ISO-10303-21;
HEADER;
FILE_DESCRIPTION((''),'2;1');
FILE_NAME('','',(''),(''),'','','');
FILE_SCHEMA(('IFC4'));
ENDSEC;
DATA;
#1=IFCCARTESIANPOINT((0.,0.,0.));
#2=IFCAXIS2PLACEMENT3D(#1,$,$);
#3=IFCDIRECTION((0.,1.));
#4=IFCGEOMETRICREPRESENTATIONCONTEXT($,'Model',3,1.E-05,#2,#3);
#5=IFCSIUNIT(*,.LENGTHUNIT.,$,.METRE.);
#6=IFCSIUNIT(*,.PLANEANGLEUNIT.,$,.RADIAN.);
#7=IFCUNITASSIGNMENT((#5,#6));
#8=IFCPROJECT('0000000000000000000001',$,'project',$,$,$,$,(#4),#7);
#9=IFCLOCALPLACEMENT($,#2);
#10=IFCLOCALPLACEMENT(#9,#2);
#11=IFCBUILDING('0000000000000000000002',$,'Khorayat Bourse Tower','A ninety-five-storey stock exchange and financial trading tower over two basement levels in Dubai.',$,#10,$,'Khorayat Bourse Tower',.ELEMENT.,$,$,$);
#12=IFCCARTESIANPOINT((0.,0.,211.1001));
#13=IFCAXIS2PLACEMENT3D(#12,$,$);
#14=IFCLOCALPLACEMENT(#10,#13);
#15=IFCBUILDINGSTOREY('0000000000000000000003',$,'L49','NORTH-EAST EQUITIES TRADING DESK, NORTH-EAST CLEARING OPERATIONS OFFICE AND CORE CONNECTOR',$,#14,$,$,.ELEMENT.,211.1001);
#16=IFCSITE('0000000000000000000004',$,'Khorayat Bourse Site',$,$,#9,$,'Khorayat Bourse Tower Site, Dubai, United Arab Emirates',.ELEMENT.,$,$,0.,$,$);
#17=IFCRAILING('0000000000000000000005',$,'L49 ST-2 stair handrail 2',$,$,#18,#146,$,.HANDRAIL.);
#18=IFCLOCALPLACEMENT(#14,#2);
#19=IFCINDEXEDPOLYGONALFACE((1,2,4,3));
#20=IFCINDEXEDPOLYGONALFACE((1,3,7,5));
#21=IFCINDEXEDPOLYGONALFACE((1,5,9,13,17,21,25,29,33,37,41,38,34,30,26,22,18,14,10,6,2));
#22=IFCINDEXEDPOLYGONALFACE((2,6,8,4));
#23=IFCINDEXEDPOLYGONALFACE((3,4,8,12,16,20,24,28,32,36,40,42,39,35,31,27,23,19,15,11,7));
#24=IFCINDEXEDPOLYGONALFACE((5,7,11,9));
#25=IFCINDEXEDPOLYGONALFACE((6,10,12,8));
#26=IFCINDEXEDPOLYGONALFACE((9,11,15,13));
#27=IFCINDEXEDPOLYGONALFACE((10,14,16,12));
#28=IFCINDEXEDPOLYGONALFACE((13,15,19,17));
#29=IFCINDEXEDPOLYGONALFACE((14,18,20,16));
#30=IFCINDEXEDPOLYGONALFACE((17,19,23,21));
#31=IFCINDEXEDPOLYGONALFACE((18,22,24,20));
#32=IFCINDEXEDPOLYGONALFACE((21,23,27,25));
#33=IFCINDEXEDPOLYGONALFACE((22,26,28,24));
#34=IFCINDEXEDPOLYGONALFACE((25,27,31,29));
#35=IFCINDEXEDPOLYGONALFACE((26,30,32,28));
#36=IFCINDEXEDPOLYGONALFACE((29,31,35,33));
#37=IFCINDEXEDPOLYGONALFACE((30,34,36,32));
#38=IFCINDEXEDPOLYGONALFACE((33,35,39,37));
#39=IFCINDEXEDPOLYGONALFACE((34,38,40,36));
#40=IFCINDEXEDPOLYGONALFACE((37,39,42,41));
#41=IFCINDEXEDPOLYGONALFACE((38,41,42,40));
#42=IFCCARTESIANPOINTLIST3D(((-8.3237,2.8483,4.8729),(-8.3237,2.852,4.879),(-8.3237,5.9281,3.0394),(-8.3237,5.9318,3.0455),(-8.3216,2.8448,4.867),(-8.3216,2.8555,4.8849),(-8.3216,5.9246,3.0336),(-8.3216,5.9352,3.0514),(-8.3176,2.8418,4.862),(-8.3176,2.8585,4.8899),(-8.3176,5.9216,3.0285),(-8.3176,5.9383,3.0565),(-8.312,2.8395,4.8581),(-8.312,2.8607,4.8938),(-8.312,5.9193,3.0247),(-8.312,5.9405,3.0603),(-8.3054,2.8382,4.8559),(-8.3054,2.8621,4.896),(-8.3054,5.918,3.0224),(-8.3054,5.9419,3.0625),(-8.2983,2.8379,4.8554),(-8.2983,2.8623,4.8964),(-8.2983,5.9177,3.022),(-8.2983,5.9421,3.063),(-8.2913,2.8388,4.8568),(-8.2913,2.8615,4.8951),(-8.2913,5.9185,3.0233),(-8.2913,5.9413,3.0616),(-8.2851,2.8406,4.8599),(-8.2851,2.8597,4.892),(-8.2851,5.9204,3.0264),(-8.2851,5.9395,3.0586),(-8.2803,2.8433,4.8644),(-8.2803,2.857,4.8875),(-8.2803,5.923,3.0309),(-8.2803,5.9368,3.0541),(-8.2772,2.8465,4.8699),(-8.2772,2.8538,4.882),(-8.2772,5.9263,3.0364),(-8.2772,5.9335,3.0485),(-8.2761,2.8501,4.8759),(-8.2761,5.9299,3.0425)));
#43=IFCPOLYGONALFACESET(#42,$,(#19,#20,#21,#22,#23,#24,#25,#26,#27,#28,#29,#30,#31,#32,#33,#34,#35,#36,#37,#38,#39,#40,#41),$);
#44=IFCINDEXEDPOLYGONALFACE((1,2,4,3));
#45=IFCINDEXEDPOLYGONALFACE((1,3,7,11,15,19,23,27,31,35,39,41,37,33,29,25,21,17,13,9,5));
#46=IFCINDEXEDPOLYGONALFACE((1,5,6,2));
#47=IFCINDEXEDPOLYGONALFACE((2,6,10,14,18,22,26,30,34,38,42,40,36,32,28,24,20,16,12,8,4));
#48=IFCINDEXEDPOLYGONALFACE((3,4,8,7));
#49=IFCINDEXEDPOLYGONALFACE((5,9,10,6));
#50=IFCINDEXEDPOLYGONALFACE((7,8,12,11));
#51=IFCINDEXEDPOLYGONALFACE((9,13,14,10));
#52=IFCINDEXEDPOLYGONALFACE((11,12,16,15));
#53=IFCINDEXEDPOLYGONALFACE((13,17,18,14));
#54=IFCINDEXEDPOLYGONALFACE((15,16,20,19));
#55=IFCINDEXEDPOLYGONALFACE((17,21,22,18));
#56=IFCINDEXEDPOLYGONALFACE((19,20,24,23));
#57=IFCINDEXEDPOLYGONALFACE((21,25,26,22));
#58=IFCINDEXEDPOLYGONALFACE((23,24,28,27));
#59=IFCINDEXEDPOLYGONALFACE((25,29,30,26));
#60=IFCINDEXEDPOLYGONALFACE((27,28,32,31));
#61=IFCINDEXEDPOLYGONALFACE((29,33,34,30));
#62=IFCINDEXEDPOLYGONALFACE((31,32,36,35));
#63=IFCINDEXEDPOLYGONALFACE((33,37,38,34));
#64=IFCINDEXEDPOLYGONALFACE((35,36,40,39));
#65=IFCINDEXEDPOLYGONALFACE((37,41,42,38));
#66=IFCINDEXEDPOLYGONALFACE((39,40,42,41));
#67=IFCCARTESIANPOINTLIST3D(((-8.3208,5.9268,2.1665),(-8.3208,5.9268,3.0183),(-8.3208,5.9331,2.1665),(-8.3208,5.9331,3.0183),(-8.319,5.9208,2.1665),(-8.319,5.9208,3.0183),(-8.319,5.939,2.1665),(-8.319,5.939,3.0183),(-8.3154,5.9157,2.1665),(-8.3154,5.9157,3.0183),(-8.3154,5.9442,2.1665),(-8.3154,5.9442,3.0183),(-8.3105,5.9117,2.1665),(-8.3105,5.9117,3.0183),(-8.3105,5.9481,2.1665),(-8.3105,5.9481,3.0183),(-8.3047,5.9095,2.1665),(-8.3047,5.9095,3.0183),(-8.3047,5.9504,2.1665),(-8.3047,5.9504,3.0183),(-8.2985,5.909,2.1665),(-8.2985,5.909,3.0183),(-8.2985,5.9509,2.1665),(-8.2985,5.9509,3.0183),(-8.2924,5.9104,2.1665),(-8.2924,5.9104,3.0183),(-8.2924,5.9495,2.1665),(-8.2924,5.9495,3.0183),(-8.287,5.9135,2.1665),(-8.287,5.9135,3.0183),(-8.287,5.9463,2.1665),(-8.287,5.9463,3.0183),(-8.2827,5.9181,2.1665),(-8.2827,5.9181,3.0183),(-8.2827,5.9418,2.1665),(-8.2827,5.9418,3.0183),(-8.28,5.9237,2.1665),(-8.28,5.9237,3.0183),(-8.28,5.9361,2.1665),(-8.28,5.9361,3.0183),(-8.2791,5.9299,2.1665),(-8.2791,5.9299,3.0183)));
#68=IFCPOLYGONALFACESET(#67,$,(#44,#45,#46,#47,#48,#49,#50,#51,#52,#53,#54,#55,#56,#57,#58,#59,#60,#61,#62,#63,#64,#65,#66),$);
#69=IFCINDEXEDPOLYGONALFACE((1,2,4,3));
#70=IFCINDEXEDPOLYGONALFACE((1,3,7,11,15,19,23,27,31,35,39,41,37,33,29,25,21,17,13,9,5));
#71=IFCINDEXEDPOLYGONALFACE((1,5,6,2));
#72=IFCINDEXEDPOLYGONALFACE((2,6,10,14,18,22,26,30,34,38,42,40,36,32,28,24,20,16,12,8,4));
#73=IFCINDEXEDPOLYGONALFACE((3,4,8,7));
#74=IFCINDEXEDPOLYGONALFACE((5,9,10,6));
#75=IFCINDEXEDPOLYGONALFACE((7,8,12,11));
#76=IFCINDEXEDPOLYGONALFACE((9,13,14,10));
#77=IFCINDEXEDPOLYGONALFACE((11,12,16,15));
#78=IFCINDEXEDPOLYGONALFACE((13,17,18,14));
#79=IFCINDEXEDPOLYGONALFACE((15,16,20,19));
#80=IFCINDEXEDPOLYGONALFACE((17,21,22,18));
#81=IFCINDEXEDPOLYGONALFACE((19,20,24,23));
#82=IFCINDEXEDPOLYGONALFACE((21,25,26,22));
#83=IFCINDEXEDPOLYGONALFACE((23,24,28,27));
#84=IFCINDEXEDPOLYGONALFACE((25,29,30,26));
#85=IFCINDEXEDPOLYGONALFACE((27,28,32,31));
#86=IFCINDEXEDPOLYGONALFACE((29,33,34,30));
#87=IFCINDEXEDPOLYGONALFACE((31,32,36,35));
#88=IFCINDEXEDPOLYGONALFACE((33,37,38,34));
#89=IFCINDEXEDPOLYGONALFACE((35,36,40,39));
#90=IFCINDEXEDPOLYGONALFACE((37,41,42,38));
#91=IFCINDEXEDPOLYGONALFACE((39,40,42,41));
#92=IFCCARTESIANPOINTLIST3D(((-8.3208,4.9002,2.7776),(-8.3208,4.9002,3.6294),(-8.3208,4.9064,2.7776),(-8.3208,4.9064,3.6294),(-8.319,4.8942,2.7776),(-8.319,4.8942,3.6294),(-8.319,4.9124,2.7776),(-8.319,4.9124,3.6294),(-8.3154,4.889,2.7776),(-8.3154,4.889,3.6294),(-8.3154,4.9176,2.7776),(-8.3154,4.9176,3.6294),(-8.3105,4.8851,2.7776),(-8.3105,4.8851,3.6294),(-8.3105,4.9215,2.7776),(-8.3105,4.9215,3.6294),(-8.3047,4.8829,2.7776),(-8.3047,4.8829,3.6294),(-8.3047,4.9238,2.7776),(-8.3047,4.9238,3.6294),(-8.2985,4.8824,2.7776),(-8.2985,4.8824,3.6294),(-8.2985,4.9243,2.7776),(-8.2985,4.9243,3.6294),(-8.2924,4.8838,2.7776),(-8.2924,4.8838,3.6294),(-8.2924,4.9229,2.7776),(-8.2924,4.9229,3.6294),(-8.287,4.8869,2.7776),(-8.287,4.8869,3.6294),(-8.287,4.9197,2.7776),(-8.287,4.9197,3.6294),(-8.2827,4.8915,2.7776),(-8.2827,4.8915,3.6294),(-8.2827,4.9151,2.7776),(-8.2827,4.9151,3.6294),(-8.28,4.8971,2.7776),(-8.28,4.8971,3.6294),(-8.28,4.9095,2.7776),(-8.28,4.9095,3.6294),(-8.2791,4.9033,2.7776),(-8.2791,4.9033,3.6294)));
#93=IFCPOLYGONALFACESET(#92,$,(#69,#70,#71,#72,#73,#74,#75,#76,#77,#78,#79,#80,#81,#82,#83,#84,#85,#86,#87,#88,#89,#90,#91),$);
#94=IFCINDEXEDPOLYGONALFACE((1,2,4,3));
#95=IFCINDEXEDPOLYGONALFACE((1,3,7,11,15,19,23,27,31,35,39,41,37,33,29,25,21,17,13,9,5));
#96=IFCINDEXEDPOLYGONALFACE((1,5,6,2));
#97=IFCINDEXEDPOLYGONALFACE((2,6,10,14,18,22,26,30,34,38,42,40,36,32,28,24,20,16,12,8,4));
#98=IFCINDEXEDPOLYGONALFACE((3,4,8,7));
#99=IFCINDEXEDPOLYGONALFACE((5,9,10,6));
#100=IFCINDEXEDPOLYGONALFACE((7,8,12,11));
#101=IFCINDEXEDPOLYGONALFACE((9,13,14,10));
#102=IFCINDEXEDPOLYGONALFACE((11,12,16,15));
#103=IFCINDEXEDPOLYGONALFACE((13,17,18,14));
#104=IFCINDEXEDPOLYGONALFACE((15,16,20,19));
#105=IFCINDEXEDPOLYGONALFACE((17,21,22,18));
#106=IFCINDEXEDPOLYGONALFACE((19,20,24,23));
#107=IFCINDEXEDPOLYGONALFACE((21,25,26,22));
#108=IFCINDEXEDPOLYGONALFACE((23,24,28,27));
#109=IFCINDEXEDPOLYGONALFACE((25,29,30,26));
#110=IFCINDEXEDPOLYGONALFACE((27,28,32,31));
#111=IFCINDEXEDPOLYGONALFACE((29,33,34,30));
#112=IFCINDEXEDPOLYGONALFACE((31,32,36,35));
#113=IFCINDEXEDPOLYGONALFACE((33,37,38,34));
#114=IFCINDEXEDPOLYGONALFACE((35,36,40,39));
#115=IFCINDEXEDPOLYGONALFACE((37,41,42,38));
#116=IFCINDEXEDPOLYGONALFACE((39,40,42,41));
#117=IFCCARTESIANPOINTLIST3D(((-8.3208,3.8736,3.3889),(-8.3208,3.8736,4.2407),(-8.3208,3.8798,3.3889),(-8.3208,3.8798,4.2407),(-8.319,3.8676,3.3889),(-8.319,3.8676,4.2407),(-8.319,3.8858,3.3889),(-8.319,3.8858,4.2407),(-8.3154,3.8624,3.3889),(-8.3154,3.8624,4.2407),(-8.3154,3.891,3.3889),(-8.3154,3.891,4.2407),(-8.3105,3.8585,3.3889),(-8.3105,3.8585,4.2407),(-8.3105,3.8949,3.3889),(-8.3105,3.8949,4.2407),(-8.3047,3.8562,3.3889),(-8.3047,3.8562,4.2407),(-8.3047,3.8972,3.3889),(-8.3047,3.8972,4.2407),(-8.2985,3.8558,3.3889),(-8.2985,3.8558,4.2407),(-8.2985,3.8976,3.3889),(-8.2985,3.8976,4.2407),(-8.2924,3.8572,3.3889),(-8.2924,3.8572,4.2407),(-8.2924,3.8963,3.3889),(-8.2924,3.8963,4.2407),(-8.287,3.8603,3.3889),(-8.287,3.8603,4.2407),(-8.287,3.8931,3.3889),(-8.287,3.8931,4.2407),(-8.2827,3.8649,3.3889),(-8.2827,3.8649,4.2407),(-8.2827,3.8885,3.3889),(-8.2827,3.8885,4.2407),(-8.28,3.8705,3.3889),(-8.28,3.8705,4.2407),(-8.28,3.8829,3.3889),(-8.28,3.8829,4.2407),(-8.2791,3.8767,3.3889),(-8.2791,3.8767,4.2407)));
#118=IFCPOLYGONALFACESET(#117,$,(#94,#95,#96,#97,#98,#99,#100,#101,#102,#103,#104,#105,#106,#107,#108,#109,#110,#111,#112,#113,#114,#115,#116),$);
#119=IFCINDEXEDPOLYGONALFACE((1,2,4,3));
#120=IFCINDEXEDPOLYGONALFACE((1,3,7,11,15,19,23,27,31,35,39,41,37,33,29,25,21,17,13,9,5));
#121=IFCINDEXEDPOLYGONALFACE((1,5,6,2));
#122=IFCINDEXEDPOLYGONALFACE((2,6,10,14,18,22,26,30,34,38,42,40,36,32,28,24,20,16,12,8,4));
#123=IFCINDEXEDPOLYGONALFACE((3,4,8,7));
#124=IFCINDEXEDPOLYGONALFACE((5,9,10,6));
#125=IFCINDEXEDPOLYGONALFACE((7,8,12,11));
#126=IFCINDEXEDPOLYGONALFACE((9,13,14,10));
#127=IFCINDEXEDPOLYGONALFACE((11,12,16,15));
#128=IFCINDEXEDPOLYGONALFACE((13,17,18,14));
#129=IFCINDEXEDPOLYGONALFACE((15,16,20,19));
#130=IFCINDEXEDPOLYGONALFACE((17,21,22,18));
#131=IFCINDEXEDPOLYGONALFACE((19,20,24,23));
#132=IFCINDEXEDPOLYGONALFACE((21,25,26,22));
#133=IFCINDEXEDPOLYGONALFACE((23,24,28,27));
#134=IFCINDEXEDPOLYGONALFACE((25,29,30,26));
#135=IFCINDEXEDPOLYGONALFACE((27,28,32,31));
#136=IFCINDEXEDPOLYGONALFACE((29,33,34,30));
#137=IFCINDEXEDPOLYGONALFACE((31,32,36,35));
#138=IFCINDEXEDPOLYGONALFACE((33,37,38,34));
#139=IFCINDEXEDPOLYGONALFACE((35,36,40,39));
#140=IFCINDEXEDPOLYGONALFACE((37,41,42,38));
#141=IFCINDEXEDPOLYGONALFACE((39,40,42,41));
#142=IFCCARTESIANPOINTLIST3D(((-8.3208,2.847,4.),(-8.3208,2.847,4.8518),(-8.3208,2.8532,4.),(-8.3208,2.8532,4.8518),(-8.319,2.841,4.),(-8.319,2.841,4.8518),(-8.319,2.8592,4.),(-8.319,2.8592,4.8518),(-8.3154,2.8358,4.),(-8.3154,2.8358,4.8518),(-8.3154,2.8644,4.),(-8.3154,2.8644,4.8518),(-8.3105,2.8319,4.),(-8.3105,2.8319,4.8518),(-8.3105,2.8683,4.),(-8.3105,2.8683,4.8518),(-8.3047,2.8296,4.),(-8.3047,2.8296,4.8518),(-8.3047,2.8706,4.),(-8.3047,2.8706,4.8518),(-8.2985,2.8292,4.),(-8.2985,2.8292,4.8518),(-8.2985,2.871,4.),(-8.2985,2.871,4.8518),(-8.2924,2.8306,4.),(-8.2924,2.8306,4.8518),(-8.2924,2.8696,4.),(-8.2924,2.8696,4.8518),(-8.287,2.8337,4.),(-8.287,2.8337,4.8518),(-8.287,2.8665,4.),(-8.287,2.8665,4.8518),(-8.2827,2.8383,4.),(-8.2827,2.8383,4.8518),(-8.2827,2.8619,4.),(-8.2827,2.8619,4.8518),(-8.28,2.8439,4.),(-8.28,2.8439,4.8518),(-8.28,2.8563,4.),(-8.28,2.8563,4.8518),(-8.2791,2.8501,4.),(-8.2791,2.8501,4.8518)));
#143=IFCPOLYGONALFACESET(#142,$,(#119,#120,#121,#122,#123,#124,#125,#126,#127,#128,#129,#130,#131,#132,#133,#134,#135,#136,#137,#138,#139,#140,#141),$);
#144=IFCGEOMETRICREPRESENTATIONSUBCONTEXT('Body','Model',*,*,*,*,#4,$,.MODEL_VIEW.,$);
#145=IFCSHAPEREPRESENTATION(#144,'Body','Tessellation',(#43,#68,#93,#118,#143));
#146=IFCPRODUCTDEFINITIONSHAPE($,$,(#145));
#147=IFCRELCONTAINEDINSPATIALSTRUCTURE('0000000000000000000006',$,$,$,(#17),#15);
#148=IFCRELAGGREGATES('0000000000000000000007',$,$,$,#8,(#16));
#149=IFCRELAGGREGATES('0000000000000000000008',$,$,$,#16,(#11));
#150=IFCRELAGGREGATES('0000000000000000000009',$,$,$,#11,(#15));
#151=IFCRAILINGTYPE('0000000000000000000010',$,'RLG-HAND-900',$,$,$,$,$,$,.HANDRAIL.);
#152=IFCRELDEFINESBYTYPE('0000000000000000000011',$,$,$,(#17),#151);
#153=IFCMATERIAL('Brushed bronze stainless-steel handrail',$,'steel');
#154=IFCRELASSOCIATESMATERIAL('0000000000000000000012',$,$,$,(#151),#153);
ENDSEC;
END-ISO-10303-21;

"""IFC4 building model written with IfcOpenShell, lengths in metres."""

from ifc_helpers import new_model, si_unit, direction, frame, origin, origin_2d, place, context, subcontext, project, spatial, circle, extrude, source, transform, mapped, material, type_object, element, save


model = new_model("IFC4")

# Units and contexts
model_context = context("Model", 3, precision=1e-05, world=origin(), true_north=direction((0.0, 1.0)))
body_context = subcontext(model_context, "Body", "Model", "MODEL_VIEW")
ifc_project = project(units=[si_unit("LENGTHUNIT", "METRE"), si_unit("PLANEANGLEUNIT", "RADIAN")], contexts=[model_context])

# Site, building, storey
site_placement = place(None, origin())
site = spatial("IfcSite", under=ifc_project, at=site_placement, Name="Khorayat Bourse Site", LongName="Khorayat Bourse Tower Site, Dubai, United Arab Emirates", CompositionType="ELEMENT", RefElevation=0.0)
building_placement = place(site_placement, origin())
building = spatial("IfcBuilding", under=site, at=building_placement, Name="Khorayat Bourse Tower", Description="A ninety-five-storey stock exchange and financial trading tower over two basement levels in Dubai.", LongName="Khorayat Bourse Tower", CompositionType="ELEMENT")
storey_placement = place(building_placement, frame((0.0, 0.0, 211.1001)))
storey = spatial("IfcBuildingStorey", under=building, at=storey_placement, Name="L49", Description="NORTH-EAST EQUITIES TRADING DESK, NORTH-EAST CLEARING OPERATIONS OFFICE AND CORE CONNECTOR", CompositionType="ELEMENT", Elevation=211.1001)

# Railing
ifc_material_1 = material(Name="Brushed bronze stainless-steel handrail", Category="steel")
railing_type_1 = type_object("IfcRailingType", Name="RLG-HAND-900", PredefinedType="HANDRAIL", material=ifc_material_1)
shared_shape_1 = source(origin(), body_context, "Body", "SweptSolid", [
    extrude(circle(Radius=0.0239, at=origin_2d()), frame((0.0, 0.0, 0.876), z_axis=(0.0, -0.859261, 0.511538), x_axis=(1.0, 0.0, 0.0)), (0.0, 0.0, 1.0), 3.5842),
    extrude(circle(Radius=0.021, at=origin_2d()), origin(), (0.0, 0.0, 1.0), 0.8518),
    extrude(circle(Radius=0.021, at=origin_2d()), frame((0.0, -1.0266, 0.6111)), (0.0, 0.0, 1.0), 0.8518),
    extrude(circle(Radius=0.021, at=origin_2d()), frame((0.0, -2.0532, 1.2224)), (0.0, 0.0, 1.0), 0.8518),
    extrude(circle(Radius=0.021, at=origin_2d()), frame((0.0, -3.0798, 1.8335)), (0.0, 0.0, 1.0), 0.8518),
])
railing_1_placement = place(storey_placement, frame((-8.3, 5.9299, 2.1665)))
element("IfcRailing", 1, at=railing_1_placement, inside=storey, type_object=railing_type_1, Name="L49 ST-2 stair handrail 2", PredefinedType="HANDRAIL", context=body_context, shape_type="MappedRepresentation", body=[
    mapped(shared_shape_1, transform((0.0, 0.0, 0.0), scale=1.0)),
])

save(model, "model.ifc")
